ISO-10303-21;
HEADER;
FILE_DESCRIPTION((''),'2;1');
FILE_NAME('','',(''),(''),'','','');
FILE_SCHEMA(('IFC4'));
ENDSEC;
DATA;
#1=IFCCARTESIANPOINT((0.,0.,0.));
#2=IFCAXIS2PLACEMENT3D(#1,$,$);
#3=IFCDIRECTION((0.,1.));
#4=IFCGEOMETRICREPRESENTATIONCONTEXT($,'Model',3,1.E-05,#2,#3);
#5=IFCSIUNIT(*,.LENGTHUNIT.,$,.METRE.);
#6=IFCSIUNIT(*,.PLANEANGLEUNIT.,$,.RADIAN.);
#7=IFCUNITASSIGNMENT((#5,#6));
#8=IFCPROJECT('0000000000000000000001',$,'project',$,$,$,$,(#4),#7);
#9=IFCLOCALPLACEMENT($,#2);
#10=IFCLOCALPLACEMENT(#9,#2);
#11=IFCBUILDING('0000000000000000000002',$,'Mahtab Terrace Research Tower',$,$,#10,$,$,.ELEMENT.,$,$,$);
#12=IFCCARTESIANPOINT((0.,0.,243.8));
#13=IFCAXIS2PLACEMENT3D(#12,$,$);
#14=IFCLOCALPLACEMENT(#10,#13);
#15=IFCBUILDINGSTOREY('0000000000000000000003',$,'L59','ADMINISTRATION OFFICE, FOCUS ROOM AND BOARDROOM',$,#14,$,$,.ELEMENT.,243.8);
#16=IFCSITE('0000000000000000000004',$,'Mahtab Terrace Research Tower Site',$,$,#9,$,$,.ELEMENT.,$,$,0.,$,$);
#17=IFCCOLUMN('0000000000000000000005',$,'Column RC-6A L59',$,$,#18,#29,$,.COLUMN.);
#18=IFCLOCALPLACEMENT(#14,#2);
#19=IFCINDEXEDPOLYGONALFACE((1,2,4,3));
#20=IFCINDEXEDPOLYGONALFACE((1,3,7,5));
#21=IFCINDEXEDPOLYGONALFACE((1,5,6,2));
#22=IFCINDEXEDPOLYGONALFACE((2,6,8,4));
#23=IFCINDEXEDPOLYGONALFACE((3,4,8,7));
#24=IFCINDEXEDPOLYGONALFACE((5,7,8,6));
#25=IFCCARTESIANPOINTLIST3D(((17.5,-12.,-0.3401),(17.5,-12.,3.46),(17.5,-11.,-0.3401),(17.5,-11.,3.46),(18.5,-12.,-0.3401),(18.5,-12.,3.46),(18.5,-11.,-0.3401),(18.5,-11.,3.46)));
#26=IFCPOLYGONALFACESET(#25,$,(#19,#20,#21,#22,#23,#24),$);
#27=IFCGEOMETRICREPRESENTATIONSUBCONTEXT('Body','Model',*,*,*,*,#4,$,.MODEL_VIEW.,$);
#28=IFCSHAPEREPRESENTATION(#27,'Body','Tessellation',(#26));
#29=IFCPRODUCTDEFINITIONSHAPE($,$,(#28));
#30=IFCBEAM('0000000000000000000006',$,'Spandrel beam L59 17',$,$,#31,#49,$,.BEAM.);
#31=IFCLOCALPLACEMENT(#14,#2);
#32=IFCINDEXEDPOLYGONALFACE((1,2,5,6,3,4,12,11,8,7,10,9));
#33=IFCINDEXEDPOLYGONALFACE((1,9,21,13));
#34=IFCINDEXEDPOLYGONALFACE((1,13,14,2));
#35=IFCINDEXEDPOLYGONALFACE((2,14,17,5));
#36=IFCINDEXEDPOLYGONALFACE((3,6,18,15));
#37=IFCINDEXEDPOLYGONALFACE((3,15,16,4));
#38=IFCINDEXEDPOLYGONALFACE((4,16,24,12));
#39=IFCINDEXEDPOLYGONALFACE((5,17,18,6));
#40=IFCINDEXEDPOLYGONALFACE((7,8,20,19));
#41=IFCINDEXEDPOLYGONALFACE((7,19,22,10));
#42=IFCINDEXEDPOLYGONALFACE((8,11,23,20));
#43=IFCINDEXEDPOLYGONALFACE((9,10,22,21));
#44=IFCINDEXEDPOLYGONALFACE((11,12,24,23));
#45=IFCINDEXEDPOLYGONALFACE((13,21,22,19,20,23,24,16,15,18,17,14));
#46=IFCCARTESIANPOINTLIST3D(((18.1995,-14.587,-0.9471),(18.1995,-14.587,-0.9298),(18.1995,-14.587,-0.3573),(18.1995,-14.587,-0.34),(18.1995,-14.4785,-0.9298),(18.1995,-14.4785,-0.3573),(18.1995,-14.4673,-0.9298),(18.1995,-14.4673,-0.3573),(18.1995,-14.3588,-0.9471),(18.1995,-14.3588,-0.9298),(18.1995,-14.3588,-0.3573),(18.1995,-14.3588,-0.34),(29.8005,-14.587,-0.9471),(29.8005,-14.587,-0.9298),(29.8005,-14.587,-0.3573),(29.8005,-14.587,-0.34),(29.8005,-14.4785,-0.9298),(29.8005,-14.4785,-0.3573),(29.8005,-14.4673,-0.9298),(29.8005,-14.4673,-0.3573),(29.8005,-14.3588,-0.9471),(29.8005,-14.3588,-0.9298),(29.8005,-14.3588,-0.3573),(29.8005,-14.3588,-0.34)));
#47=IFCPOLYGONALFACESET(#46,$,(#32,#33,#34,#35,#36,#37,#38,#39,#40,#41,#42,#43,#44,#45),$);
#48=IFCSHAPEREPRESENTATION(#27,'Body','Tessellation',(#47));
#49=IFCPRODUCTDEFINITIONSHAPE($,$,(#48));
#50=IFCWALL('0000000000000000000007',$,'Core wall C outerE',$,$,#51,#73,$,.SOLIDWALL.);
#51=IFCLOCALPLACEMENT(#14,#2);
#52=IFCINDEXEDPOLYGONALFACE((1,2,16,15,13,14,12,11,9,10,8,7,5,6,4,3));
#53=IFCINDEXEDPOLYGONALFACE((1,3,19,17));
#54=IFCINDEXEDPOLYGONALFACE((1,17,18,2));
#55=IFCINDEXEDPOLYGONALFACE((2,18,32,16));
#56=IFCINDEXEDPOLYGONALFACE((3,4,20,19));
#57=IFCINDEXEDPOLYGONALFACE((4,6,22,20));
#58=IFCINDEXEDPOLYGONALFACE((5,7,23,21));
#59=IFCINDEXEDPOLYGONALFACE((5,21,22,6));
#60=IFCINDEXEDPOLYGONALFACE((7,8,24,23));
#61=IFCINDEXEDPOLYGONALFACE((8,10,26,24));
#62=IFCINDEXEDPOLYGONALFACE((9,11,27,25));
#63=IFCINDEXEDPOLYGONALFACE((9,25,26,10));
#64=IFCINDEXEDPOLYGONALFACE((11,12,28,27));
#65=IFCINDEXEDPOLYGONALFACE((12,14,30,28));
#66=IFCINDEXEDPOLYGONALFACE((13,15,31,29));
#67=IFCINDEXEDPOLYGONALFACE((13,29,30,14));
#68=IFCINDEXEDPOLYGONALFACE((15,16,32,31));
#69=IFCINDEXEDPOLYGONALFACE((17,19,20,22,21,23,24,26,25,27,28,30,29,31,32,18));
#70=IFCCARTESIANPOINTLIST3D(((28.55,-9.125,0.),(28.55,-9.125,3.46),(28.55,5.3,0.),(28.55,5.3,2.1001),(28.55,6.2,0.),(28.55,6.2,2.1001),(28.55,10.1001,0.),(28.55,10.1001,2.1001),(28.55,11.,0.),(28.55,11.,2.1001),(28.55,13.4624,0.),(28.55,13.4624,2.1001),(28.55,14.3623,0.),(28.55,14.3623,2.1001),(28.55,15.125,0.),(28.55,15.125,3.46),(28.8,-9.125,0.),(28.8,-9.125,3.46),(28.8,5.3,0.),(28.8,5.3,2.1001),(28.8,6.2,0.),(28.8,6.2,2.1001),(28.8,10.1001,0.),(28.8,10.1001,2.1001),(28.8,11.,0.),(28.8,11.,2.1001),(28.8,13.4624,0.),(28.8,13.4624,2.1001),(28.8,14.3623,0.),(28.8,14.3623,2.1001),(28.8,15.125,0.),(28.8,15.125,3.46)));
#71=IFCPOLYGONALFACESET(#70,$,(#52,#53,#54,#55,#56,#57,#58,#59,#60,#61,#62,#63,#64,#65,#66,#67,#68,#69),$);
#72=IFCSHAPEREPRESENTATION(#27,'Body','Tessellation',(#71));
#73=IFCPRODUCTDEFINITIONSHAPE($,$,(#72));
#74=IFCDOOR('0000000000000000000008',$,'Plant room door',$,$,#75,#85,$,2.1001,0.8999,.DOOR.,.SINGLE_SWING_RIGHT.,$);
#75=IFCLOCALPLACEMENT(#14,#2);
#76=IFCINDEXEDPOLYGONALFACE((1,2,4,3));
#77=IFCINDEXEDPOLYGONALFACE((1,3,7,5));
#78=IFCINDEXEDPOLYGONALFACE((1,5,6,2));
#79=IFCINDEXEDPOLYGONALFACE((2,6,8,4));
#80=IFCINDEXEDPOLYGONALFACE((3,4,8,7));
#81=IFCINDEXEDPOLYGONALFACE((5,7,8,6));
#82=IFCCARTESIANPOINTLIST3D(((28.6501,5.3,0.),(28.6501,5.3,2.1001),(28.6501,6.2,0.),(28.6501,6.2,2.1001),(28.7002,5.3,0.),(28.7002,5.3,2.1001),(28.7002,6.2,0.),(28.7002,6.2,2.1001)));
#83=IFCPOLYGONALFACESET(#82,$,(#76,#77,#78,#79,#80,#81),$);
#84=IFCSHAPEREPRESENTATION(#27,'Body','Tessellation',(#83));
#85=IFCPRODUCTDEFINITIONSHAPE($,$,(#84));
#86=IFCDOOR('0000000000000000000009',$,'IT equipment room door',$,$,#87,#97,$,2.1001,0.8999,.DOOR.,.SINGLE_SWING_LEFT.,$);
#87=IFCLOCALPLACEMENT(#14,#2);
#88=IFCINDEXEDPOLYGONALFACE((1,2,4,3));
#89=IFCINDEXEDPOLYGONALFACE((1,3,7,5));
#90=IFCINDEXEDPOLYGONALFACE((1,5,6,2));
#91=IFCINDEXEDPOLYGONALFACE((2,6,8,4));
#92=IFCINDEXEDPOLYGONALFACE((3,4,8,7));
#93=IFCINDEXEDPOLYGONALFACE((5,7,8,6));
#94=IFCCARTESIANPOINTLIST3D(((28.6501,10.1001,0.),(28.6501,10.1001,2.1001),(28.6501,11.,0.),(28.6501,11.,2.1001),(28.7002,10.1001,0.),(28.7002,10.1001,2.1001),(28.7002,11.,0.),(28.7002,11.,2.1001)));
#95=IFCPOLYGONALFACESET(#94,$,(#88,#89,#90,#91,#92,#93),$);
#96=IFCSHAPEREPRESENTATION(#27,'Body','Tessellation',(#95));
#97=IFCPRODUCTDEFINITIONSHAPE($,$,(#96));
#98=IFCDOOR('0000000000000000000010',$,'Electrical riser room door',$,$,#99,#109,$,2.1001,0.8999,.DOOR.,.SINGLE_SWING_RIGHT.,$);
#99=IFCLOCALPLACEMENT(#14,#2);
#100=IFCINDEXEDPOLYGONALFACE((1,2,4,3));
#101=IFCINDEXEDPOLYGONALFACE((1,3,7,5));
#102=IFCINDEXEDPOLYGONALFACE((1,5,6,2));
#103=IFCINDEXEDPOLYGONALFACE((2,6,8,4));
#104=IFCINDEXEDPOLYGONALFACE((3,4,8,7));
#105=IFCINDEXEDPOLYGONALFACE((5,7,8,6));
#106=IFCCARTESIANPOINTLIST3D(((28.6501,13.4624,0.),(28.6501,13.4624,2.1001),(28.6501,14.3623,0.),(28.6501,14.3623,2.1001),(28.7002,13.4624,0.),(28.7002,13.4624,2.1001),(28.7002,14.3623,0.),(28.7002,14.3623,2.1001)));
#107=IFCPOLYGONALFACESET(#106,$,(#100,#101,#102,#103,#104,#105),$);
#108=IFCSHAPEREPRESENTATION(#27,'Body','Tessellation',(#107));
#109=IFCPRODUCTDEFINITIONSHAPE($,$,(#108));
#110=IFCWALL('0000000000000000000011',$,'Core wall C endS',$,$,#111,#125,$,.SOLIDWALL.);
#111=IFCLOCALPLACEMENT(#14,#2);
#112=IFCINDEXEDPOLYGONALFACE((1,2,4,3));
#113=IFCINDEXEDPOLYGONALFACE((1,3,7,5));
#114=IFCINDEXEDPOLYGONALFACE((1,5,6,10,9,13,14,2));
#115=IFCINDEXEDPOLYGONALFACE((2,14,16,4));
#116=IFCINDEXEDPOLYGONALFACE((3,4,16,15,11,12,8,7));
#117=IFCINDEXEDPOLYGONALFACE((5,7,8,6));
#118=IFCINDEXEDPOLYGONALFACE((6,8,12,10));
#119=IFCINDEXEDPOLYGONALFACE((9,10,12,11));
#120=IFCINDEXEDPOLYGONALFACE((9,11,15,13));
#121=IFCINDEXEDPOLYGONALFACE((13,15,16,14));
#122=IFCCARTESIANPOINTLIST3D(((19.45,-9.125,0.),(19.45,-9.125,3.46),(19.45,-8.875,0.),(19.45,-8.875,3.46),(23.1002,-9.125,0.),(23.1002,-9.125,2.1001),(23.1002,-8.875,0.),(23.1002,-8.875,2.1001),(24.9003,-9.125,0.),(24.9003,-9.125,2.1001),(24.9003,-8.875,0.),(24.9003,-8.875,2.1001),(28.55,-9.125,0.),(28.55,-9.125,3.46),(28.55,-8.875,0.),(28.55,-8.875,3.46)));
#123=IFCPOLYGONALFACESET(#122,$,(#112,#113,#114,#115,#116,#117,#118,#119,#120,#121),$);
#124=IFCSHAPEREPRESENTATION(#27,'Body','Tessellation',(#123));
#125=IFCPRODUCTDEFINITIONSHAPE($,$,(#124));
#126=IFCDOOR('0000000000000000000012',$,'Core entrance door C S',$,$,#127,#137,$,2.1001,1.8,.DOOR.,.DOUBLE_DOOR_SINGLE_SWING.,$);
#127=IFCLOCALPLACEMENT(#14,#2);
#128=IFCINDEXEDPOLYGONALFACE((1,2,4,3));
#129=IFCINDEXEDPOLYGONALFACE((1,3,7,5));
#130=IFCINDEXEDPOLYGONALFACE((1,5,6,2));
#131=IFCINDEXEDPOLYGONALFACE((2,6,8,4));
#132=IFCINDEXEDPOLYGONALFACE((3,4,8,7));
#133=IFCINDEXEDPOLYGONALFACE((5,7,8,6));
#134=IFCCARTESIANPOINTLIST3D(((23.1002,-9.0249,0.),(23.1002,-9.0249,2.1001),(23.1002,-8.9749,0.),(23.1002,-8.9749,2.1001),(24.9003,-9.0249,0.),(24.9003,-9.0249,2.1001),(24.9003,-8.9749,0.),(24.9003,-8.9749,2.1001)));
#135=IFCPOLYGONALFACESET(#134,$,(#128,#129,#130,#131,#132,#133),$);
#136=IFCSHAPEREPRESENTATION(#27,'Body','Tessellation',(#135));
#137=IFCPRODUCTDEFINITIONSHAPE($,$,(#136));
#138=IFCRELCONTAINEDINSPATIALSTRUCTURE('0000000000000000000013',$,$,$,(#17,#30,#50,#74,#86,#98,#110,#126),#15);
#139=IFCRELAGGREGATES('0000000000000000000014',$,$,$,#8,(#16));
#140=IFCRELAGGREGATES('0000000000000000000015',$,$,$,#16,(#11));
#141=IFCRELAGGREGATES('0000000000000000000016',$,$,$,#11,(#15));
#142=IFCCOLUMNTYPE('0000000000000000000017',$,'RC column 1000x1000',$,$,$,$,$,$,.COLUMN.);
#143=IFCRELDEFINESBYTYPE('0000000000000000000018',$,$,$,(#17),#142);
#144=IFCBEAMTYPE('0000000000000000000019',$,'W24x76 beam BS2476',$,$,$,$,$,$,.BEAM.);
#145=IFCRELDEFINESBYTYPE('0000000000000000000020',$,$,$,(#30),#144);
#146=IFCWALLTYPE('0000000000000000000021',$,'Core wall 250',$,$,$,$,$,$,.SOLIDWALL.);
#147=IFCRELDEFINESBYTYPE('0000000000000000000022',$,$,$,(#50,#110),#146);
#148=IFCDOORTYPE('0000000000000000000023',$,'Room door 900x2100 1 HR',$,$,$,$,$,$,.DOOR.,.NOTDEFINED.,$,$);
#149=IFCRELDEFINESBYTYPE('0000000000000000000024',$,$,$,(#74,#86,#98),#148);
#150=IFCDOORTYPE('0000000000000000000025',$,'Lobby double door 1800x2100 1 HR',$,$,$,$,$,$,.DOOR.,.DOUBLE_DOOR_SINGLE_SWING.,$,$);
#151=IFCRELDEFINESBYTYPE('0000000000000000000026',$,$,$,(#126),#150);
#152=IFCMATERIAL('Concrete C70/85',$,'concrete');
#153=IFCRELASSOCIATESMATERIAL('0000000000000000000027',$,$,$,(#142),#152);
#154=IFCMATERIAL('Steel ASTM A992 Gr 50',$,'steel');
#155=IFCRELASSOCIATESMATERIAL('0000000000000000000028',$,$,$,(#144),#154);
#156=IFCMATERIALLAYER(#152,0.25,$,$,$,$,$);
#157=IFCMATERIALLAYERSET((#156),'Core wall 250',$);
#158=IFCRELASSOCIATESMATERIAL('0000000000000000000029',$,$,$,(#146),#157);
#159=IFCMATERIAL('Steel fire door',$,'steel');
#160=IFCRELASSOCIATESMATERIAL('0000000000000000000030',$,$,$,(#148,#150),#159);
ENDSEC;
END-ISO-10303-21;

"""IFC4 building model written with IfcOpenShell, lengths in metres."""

from ifc_helpers import new_model, si_unit, direction, frame, frame_2d, origin, origin_2d, place, context, subcontext, project, spatial, rectangle, i_section, extrude, material, layer, layer_set, material_profile, profile_set, type_object, element, fill, save


model = new_model("IFC4")

# Units and contexts
model_context = context("Model", 3, precision=1e-05, world=origin(), true_north=direction((0.0, 1.0)))
body_context = subcontext(model_context, "Body", "Model", "MODEL_VIEW")
ifc_project = project(units=[si_unit("LENGTHUNIT", "METRE"), si_unit("PLANEANGLEUNIT", "RADIAN")], contexts=[model_context])

# Site, building, storey
site_placement = place(None, origin())
site = spatial("IfcSite", under=ifc_project, at=site_placement, Name="Mahtab Terrace Research Tower Site", CompositionType="ELEMENT", RefElevation=0.0)
building_placement = place(site_placement, origin())
building = spatial("IfcBuilding", under=site, at=building_placement, Name="Mahtab Terrace Research Tower", CompositionType="ELEMENT")
storey_placement = place(building_placement, frame((0.0, 0.0, 243.8)))
storey = spatial("IfcBuildingStorey", under=building, at=storey_placement, Name="L59", Description="ADMINISTRATION OFFICE, FOCUS ROOM AND BOARDROOM", CompositionType="ELEMENT", Elevation=243.8)

# Column
ifc_material_1 = material(Name="Concrete C70/85", Category="concrete")
ifc_material_profile_1 = material_profile(ifc_material_1, rectangle(XDim=1.0, YDim=1.0, at=origin_2d()), Name="RC column 1000x1000")
ifc_profile_set_1 = profile_set([ifc_material_profile_1], Name="Concrete C70/85")
column_type = type_object("IfcColumnType", Name="RC column 1000x1000", PredefinedType="COLUMN", material=ifc_profile_set_1)
column_placement = place(storey_placement, frame((18.0, -11.5, -0.3401), z_axis=(0.0, 0.0, 1.0), x_axis=(1.0, 0.0, 0.0)))
element("IfcColumn", 1, at=column_placement, inside=storey, type_object=column_type, Name="Column RC-6A L59", PredefinedType="COLUMN", context=body_context, shape_type="SweptSolid", body=[
    extrude(rectangle(XDim=1.0, YDim=1.0, at=origin_2d()), origin(), (0.0, 0.0, 1.0), 3.8),
])

# Beam
ifc_material_2 = material(Name="Steel ASTM A992 Gr 50", Category="steel")
ifc_material_profile_2 = material_profile(ifc_material_2, i_section(OverallWidth=0.2283, OverallDepth=0.6072, WebThickness=0.0112, FlangeThickness=0.0173, at=origin_2d()), Name="W24X76")
ifc_profile_set_2 = profile_set([ifc_material_profile_2], Name="Steel ASTM A992 Gr 50")
beam_type = type_object("IfcBeamType", Name="W24x76 beam BS2476", PredefinedType="BEAM", material=ifc_profile_set_2)
beam_placement = place(storey_placement, frame((18.1995, -14.4729, -0.6436), z_axis=(1.0, 0.0, 0.0), x_axis=(0.0, 1.0, 0.0)))
element("IfcBeam", 2, at=beam_placement, inside=storey, type_object=beam_type, Name="Spandrel beam L59 17", PredefinedType="BEAM", context=body_context, shape_type="SweptSolid", body=[
    extrude(i_section(OverallWidth=0.2283, OverallDepth=0.6072, WebThickness=0.0112, FlangeThickness=0.0173, at=origin_2d()), origin(), (0.0, 0.0, 1.0), 11.6011),
])

# Wall, openings, doors
ifc_layer_1 = layer(ifc_material_1, 0.25)
ifc_layer_set_1 = layer_set([ifc_layer_1], Name="Core wall 250")
wall_type_1 = type_object("IfcWallType", Name="Core wall 250", PredefinedType="SOLIDWALL", material=ifc_layer_set_1)
wall_1_placement = place(storey_placement, frame((28.675, -9.125, 0.0), z_axis=(0.0, 0.0, 1.0), x_axis=(0.0, 1.0, 0.0)))
wall_1 = element("IfcWall", 3, at=wall_1_placement, inside=storey, type_object=wall_type_1, Name="Core wall C outerE", PredefinedType="SOLIDWALL", context=body_context, shape_type="SweptSolid", body=[
    extrude(rectangle(XDim=24.25, YDim=0.25, at=frame_2d((12.125, 0.0))), origin(), (0.0, 0.0, 1.0), 3.46),
])
opening_1_placement = place(wall_1_placement, frame((14.425, 0.0, 0.0)))
opening_1 = element("IfcOpeningElement", 4, at=opening_1_placement, cuts=wall_1, PredefinedType="OPENING", context=body_context, shape_type="SweptSolid", body=[
    extrude(rectangle(XDim=0.8999, YDim=2.1001, at=frame_2d((0.45, 1.05))), frame((0.0, 0.135, 0.0), z_axis=(0.0, -1.0, 0.0), x_axis=(1.0, 0.0, 0.0)), (0.0, 0.0, 1.0), 0.27),
])
opening_2_placement = place(wall_1_placement, frame((19.2251, 0.0, 0.0)))
opening_2 = element("IfcOpeningElement", 5, at=opening_2_placement, cuts=wall_1, PredefinedType="OPENING", context=body_context, shape_type="SweptSolid", body=[
    extrude(rectangle(XDim=0.8999, YDim=2.1001, at=frame_2d((0.45, 1.05))), frame((0.0, 0.135, 0.0), z_axis=(0.0, -1.0, 0.0), x_axis=(1.0, 0.0, 0.0)), (0.0, 0.0, 1.0), 0.27),
])
opening_3_placement = place(wall_1_placement, frame((22.5874, 0.0, 0.0)))
opening_3 = element("IfcOpeningElement", 6, at=opening_3_placement, cuts=wall_1, PredefinedType="OPENING", context=body_context, shape_type="SweptSolid", body=[
    extrude(rectangle(XDim=0.8999, YDim=2.1001, at=frame_2d((0.45, 1.05))), frame((0.0, 0.135, 0.0), z_axis=(0.0, -1.0, 0.0), x_axis=(1.0, 0.0, 0.0)), (0.0, 0.0, 1.0), 0.27),
])
ifc_material_3 = material(Name="Steel fire door", Category="steel")
door_type_1 = type_object("IfcDoorType", Name="Room door 900x2100 1 HR", OperationType="NOTDEFINED", PredefinedType="DOOR", material=ifc_material_3)
door_1_placement = place(opening_1_placement, origin())
door_1 = element("IfcDoor", 7, at=door_1_placement, inside=storey, type_object=door_type_1, Name="Plant room door", OperationType="SINGLE_SWING_RIGHT", OverallHeight=2.1001, OverallWidth=0.8999, PredefinedType="DOOR", context=body_context, shape_type="SweptSolid", body=[
    extrude(rectangle(XDim=0.8999, YDim=2.1001, at=frame_2d((0.45, 1.05))), frame((0.0, 0.0249, 0.0), z_axis=(0.0, -1.0, 0.0), x_axis=(1.0, 0.0, 0.0)), (0.0, 0.0, 1.0), 0.05),
])
fill(opening_1, door_1)
door_2_placement = place(opening_2_placement, origin())
door_2 = element("IfcDoor", 8, at=door_2_placement, inside=storey, type_object=door_type_1, Name="IT equipment room door", OperationType="SINGLE_SWING_LEFT", OverallHeight=2.1001, OverallWidth=0.8999, PredefinedType="DOOR", context=body_context, shape_type="SweptSolid", body=[
    extrude(rectangle(XDim=0.8999, YDim=2.1001, at=frame_2d((0.45, 1.05))), frame((0.0, 0.0249, 0.0), z_axis=(0.0, -1.0, 0.0), x_axis=(1.0, 0.0, 0.0)), (0.0, 0.0, 1.0), 0.05),
])
fill(opening_2, door_2)
door_3_placement = place(opening_3_placement, origin())
door_3 = element("IfcDoor", 9, at=door_3_placement, inside=storey, type_object=door_type_1, Name="Electrical riser room door", OperationType="SINGLE_SWING_RIGHT", OverallHeight=2.1001, OverallWidth=0.8999, PredefinedType="DOOR", context=body_context, shape_type="SweptSolid", body=[
    extrude(rectangle(XDim=0.8999, YDim=2.1001, at=frame_2d((0.45, 1.05))), frame((0.0, 0.0249, 0.0), z_axis=(0.0, -1.0, 0.0), x_axis=(1.0, 0.0, 0.0)), (0.0, 0.0, 1.0), 0.05),
])
fill(opening_3, door_3)

# Wall, opening, door
wall_2_placement = place(storey_placement, frame((28.55, -9.0, 0.0), z_axis=(0.0, 0.0, 1.0), x_axis=(-1.0, 0.0, 0.0)))
wall_2 = element("IfcWall", 10, at=wall_2_placement, inside=storey, type_object=wall_type_1, Name="Core wall C endS", PredefinedType="SOLIDWALL", context=body_context, shape_type="SweptSolid", body=[
    extrude(rectangle(XDim=9.1001, YDim=0.25, at=frame_2d((4.55, 0.0))), origin(), (0.0, 0.0, 1.0), 3.46),
])
opening_4_placement = place(wall_2_placement, frame((3.6499, 0.0, 0.0)))
opening_4 = element("IfcOpeningElement", 11, at=opening_4_placement, cuts=wall_2, PredefinedType="OPENING", context=body_context, shape_type="SweptSolid", body=[
    extrude(rectangle(XDim=1.8, YDim=2.1001, at=frame_2d((0.8999, 1.05))), frame((0.0, 0.135, 0.0), z_axis=(0.0, -1.0, 0.0), x_axis=(1.0, 0.0, 0.0)), (0.0, 0.0, 1.0), 0.27),
])
door_type_2 = type_object("IfcDoorType", Name="Lobby double door 1800x2100 1 HR", OperationType="DOUBLE_DOOR_SINGLE_SWING", PredefinedType="DOOR", material=ifc_material_3)
door_4_placement = place(opening_4_placement, origin())
door_4 = element("IfcDoor", 12, at=door_4_placement, inside=storey, type_object=door_type_2, Name="Core entrance door C S", OperationType="DOUBLE_DOOR_SINGLE_SWING", OverallHeight=2.1001, OverallWidth=1.8, PredefinedType="DOOR", context=body_context, shape_type="SweptSolid", body=[
    extrude(rectangle(XDim=1.8, YDim=2.1001, at=frame_2d((0.8999, 1.05))), frame((0.0, 0.0249, 0.0), z_axis=(0.0, -1.0, 0.0), x_axis=(1.0, 0.0, 0.0)), (0.0, 0.0, 1.0), 0.05),
])
fill(opening_4, door_4)

save(model, "model.ifc")
